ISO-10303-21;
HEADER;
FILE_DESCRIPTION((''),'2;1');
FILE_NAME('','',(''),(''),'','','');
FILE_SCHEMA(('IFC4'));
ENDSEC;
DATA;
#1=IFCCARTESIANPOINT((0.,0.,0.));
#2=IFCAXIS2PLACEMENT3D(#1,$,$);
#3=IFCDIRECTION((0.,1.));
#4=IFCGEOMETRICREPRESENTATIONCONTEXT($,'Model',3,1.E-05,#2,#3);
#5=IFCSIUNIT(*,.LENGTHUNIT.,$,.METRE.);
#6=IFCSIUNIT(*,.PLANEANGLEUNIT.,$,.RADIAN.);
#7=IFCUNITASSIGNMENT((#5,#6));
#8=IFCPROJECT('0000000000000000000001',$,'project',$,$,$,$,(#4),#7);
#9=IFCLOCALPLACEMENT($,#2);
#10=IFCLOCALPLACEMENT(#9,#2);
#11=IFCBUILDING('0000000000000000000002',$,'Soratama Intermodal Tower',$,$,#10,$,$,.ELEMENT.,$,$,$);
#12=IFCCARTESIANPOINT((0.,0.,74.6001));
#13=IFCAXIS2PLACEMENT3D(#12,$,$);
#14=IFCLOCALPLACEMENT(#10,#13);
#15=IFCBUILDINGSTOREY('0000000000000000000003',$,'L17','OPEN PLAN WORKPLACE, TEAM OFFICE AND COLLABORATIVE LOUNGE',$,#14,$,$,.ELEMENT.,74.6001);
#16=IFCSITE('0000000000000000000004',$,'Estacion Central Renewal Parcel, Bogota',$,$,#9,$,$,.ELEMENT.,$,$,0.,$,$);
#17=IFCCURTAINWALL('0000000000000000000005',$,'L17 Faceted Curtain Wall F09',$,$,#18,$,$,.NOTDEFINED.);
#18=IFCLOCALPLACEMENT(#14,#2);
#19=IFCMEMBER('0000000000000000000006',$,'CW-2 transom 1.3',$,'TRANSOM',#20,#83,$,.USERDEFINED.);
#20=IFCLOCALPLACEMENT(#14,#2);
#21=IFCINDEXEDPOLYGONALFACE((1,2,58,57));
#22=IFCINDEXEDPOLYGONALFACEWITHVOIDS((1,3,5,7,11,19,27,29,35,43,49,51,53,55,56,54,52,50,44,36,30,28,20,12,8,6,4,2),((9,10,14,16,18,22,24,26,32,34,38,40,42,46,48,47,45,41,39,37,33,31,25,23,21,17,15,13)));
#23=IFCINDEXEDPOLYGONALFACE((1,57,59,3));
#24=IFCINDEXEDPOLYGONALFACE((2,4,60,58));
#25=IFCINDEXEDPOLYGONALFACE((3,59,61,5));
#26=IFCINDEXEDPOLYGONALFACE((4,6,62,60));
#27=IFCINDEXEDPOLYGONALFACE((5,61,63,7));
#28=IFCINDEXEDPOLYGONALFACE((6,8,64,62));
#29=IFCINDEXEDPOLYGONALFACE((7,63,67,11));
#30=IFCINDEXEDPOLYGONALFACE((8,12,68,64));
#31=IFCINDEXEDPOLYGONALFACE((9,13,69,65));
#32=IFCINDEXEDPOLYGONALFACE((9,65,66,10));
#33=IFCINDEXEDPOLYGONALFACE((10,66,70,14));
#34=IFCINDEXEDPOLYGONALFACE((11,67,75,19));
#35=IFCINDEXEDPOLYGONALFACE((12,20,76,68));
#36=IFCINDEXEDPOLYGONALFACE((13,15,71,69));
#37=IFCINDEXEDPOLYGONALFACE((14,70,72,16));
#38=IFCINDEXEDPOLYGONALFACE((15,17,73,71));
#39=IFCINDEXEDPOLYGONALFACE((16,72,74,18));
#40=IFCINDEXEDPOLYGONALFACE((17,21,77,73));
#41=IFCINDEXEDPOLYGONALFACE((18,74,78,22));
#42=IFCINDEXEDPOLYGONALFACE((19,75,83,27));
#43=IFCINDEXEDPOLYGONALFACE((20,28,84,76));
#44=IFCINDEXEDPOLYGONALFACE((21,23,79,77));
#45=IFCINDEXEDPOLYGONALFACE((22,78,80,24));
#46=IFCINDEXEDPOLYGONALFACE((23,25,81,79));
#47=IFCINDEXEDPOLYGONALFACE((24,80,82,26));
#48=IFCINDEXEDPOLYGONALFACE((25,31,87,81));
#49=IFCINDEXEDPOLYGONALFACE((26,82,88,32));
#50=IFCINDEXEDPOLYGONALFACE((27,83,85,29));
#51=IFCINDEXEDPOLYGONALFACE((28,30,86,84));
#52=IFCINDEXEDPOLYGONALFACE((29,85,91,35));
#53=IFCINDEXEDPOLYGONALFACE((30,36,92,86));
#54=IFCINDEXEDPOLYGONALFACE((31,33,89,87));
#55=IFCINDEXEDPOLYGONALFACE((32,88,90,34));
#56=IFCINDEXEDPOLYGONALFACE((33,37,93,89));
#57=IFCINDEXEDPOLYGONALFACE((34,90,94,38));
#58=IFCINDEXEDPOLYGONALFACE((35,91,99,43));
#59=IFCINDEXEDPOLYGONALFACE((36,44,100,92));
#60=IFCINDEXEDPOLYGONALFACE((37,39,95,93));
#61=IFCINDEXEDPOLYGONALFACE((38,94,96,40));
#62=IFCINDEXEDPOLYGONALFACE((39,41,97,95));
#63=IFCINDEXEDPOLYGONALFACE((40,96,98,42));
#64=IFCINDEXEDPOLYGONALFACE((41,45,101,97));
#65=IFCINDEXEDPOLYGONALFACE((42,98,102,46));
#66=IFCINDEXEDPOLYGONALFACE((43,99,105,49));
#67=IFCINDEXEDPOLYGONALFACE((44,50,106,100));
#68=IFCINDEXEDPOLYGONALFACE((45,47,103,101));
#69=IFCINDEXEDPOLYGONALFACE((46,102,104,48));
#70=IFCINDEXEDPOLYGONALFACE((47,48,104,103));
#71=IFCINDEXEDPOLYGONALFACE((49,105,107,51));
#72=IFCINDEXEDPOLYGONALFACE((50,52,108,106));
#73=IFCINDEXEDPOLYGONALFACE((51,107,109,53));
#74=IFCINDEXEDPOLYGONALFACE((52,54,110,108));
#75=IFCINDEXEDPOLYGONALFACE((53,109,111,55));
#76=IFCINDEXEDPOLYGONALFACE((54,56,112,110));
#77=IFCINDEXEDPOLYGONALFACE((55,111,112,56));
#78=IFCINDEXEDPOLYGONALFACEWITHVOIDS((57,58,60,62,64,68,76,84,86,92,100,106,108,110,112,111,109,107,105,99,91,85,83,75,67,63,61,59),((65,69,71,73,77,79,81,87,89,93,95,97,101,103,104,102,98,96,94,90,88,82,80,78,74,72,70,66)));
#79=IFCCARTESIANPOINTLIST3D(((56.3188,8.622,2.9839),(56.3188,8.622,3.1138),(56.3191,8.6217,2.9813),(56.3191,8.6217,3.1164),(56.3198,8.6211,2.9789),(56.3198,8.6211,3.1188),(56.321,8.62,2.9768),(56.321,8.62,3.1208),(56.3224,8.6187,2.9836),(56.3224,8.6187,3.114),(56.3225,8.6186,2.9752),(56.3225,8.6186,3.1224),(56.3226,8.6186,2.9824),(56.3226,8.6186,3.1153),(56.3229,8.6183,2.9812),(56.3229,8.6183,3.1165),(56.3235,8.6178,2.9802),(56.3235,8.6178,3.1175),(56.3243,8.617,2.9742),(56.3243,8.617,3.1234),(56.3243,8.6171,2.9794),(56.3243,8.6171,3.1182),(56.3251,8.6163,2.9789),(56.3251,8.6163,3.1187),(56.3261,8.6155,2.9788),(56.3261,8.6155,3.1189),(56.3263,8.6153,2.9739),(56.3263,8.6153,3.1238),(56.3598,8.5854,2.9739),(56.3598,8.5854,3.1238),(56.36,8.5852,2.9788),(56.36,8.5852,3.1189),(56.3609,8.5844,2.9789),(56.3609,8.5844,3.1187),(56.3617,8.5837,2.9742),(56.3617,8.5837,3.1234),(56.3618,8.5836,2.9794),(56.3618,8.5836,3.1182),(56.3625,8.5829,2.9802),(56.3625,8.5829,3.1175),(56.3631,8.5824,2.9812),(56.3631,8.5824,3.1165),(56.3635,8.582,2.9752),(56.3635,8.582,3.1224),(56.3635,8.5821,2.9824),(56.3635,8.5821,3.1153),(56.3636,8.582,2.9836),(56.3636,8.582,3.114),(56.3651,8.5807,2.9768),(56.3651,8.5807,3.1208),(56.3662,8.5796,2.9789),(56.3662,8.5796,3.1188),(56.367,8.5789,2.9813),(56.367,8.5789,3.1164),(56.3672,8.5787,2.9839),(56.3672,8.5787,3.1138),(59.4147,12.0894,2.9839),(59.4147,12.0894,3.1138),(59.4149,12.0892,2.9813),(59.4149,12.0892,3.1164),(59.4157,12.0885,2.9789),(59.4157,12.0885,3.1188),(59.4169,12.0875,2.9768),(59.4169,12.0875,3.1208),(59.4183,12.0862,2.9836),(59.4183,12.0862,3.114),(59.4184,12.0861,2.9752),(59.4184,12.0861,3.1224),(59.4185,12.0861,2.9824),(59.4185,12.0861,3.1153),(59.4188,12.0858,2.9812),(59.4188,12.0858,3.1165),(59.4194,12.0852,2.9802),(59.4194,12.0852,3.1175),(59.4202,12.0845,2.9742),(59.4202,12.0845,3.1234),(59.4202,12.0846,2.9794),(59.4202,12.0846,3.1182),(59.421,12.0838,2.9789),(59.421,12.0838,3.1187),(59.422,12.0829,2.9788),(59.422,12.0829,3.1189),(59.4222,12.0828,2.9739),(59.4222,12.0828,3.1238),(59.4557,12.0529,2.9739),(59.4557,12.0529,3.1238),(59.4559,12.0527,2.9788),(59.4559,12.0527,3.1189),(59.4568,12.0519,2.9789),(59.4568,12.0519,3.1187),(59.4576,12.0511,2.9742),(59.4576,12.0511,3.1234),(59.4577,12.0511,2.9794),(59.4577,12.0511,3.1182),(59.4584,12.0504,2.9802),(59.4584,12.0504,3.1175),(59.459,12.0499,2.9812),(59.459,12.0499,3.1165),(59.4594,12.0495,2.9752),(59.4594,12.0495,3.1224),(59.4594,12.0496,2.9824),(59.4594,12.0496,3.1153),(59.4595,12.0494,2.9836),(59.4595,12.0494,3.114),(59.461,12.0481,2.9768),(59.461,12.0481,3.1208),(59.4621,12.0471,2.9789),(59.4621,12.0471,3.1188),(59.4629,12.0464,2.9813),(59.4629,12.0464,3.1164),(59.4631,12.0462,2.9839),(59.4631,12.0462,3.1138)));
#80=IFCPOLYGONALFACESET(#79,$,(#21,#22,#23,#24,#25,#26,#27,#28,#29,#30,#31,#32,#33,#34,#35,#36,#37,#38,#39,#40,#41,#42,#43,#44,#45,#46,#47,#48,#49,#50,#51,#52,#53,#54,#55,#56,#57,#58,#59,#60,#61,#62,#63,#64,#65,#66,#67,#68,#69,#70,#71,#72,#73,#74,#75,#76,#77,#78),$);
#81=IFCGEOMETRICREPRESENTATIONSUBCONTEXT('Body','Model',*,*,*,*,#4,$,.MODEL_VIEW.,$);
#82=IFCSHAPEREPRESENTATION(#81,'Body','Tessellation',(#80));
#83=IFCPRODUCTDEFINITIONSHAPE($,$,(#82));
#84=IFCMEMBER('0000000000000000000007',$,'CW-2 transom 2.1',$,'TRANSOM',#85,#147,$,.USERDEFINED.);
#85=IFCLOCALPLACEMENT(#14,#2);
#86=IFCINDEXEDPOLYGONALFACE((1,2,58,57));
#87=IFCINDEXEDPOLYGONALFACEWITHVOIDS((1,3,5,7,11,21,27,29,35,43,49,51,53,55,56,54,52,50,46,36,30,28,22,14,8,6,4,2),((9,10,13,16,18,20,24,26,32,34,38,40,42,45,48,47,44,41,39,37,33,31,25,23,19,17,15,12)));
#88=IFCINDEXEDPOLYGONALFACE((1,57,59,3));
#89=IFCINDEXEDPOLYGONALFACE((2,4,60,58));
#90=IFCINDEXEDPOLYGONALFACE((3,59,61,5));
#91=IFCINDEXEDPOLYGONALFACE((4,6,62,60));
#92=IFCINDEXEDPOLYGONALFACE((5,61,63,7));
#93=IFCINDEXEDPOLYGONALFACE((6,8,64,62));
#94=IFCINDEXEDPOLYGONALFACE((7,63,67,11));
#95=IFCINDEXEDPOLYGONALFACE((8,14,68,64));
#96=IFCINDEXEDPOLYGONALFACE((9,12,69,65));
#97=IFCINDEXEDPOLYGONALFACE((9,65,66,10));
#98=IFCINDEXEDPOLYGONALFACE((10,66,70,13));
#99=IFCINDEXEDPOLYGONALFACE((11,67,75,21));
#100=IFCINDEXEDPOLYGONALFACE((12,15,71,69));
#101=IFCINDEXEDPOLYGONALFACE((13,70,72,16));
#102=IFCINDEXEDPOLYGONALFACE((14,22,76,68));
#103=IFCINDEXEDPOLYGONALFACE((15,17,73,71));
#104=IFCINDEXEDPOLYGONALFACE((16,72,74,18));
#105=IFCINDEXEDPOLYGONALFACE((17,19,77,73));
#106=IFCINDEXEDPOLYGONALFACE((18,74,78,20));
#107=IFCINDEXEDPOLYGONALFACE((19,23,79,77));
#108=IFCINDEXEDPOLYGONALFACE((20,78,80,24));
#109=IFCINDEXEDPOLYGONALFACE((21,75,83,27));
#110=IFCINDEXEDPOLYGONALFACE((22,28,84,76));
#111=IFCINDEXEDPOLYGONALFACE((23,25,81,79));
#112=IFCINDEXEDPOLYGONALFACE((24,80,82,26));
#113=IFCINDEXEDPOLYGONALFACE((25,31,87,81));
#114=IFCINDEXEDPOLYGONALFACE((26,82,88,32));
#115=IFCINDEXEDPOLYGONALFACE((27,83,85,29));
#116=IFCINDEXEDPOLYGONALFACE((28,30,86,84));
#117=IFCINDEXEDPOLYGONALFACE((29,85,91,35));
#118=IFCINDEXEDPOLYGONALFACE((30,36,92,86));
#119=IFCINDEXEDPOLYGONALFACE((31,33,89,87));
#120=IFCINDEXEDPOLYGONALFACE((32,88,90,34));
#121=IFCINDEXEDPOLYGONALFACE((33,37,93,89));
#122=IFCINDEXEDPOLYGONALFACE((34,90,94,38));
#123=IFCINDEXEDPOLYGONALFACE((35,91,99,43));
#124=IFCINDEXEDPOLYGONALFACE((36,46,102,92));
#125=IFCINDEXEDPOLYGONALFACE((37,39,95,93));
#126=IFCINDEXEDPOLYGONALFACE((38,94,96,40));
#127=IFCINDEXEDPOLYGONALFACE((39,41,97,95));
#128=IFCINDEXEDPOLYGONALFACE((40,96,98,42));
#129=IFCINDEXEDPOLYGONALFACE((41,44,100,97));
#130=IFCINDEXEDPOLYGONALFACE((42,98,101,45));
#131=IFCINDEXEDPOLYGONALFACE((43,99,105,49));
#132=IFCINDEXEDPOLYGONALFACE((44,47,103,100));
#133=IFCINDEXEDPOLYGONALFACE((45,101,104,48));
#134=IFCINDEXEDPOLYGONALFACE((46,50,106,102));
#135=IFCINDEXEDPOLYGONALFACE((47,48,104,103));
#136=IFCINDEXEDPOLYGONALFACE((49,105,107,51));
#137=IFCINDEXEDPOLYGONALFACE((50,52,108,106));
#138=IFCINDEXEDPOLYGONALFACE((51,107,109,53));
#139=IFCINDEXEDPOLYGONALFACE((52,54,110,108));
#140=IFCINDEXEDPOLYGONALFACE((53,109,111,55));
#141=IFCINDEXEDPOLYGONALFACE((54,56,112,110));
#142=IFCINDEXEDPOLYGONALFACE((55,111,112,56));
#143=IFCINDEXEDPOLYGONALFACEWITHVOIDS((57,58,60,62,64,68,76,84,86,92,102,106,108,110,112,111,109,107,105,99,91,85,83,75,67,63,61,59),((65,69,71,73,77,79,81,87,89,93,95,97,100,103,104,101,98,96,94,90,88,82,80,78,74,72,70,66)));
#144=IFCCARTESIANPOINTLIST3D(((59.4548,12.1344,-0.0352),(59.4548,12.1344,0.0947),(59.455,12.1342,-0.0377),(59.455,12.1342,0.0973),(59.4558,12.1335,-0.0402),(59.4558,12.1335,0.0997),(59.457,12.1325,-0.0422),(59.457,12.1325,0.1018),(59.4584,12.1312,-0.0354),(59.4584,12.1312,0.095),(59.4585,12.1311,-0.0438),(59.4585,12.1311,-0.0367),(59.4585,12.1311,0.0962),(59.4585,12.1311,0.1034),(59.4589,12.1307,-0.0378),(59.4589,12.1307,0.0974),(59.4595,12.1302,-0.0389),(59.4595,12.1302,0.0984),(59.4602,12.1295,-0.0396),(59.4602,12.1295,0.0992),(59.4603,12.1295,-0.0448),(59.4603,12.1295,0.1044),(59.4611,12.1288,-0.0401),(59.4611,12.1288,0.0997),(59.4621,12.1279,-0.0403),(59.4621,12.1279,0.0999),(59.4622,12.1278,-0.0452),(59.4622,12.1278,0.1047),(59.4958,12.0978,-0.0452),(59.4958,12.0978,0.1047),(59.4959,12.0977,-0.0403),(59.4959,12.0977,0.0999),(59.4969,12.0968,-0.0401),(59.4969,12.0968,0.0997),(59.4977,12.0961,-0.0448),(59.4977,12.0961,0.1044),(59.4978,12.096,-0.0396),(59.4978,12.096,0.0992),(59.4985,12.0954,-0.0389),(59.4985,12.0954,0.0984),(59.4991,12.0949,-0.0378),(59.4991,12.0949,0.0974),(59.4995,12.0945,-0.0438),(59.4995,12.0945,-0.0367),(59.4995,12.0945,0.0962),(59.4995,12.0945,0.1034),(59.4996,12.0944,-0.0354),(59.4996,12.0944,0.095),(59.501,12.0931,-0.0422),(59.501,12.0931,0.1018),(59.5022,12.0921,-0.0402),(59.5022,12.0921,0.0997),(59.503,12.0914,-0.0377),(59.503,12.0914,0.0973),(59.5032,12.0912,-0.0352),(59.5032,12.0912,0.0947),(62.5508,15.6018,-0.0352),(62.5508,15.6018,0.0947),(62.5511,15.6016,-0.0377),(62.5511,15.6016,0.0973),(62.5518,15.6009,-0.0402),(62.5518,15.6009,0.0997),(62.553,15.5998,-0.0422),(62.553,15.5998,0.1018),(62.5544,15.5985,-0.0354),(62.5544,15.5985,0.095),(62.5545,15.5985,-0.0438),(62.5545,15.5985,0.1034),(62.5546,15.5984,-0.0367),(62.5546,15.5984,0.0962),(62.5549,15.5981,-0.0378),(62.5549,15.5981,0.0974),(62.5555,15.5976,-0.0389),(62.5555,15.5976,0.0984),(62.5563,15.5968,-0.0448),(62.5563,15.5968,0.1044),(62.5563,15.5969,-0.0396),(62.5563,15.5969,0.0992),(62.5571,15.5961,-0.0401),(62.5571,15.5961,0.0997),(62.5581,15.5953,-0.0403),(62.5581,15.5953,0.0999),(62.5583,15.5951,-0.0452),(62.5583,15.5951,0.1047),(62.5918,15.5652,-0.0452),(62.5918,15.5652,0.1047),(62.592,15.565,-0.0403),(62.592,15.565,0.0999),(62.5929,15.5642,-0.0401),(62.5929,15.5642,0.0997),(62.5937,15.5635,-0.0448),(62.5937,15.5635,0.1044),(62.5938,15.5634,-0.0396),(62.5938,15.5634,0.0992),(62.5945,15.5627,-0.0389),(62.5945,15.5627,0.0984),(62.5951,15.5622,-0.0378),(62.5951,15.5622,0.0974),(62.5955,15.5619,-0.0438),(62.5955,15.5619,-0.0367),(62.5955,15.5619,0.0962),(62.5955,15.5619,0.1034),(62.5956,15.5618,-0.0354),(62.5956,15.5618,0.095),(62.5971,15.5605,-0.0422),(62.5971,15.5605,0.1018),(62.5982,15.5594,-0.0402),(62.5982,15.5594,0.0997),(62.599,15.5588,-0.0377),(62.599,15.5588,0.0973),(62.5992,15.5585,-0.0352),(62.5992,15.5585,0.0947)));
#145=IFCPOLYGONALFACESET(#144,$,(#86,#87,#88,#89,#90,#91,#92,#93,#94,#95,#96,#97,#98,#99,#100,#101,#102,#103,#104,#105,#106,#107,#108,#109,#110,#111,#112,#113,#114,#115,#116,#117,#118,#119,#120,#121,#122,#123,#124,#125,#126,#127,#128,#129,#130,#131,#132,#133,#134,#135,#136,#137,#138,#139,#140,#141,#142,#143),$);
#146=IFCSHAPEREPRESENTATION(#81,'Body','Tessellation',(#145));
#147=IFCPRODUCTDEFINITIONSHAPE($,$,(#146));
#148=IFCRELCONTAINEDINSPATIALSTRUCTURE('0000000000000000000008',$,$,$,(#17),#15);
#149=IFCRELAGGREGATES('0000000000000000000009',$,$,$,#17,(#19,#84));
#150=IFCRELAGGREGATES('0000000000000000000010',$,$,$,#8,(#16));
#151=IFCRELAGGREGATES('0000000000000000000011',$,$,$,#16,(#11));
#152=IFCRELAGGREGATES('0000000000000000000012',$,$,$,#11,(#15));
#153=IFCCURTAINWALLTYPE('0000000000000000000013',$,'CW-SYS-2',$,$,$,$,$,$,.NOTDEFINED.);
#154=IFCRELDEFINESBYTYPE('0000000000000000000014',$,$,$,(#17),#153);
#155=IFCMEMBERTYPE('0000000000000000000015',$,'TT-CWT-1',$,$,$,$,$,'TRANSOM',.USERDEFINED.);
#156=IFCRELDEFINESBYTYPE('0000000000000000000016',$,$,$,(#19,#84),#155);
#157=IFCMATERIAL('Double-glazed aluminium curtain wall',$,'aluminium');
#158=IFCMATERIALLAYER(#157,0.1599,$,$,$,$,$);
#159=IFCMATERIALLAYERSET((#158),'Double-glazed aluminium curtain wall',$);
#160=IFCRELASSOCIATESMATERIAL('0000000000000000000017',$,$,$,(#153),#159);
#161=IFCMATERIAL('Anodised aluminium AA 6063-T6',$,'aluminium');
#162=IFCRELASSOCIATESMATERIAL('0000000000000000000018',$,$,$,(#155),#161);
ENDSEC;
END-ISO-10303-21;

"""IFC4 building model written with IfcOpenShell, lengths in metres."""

from ifc_helpers import new_model, si_unit, direction, frame, origin, origin_2d, place, context, subcontext, project, spatial, hollow_rectangle, extrude, material, layer, layer_set, material_profile, profile_set, type_object, element, aggregate, save


model = new_model("IFC4")

# Units and contexts
model_context = context("Model", 3, precision=1e-05, world=origin(), true_north=direction((0.0, 1.0)))
body_context = subcontext(model_context, "Body", "Model", "MODEL_VIEW")
ifc_project = project(units=[si_unit("LENGTHUNIT", "METRE"), si_unit("PLANEANGLEUNIT", "RADIAN")], contexts=[model_context])

# Site, building, storey
site_placement = place(None, origin())
site = spatial("IfcSite", under=ifc_project, at=site_placement, Name="Estacion Central Renewal Parcel, Bogota", CompositionType="ELEMENT", RefElevation=0.0)
building_placement = place(site_placement, origin())
building = spatial("IfcBuilding", under=site, at=building_placement, Name="Soratama Intermodal Tower", CompositionType="ELEMENT")
storey_placement = place(building_placement, frame((0.0, 0.0, 74.6001)))
storey = spatial("IfcBuildingStorey", under=building, at=storey_placement, Name="L17", Description="OPEN PLAN WORKPLACE, TEAM OFFICE AND COLLABORATIVE LOUNGE", CompositionType="ELEMENT", Elevation=74.6001)

# Curtain wall, members
ifc_material_1 = material(Name="Double-glazed aluminium curtain wall", Category="aluminium")
ifc_layer_1 = layer(ifc_material_1, 0.1599)
ifc_layer_set_1 = layer_set([ifc_layer_1], Name="Double-glazed aluminium curtain wall")
curtain_wall_type = type_object("IfcCurtainWallType", Name="CW-SYS-2", PredefinedType="NOTDEFINED", material=ifc_layer_set_1)
curtain_wall_placement = place(storey_placement, origin())
curtain_wall = element("IfcCurtainWall", 1, at=curtain_wall_placement, inside=storey, type_object=curtain_wall_type, Name="L17 Faceted Curtain Wall F09", PredefinedType="NOTDEFINED")
ifc_material_2 = material(Name="Anodised aluminium AA 6063-T6", Category="aluminium")
ifc_material_profile_1 = material_profile(ifc_material_2, hollow_rectangle(XDim=0.0649, YDim=0.1499, WallThickness=0.0049, InnerFilletRadius=0.0049, OuterFilletRadius=0.01, at=origin_2d()), Name="CWT150X65X5")
ifc_profile_set_1 = profile_set([ifc_material_profile_1], Name="Anodised aluminium AA 6063-T6")
member_type_1 = type_object("IfcMemberType", Name="TT-CWT-1", ElementType="TRANSOM", PredefinedType="USERDEFINED", material=ifc_profile_set_1)
member_1_placement = place(storey_placement, frame((56.343, 8.6003, 3.0488), z_axis=(0.666008, 0.745944, 0.0), x_axis=(-0.745944, 0.666008, 0.0)))
member_1 = element("IfcMember", 2, at=member_1_placement, type_object=member_type_1, Name="CW-2 transom 1.3", ObjectType="TRANSOM", PredefinedType="USERDEFINED", context=body_context, shape_type="SweptSolid", body=[
    extrude(hollow_rectangle(XDim=0.0649, YDim=0.1499, WallThickness=0.0049, InnerFilletRadius=0.0049, OuterFilletRadius=0.01, at=origin_2d()), origin(), (0.0, 0.0, 1.0), 4.6484),
])
member_2_placement = place(storey_placement, frame((59.479, 12.1128, 0.0298), z_axis=(0.666035, 0.745921, 0.0), x_axis=(-0.745921, 0.666035, 0.0)))
member_2 = element("IfcMember", 3, at=member_2_placement, type_object=member_type_1, Name="CW-2 transom 2.1", ObjectType="TRANSOM", PredefinedType="USERDEFINED", context=body_context, shape_type="SweptSolid", body=[
    extrude(hollow_rectangle(XDim=0.0649, YDim=0.1499, WallThickness=0.0049, InnerFilletRadius=0.0049, OuterFilletRadius=0.01, at=origin_2d()), origin(), (0.0, 0.0, 1.0), 4.6484),
])
aggregate(curtain_wall, [member_1, member_2])

save(model, "model.ifc")
